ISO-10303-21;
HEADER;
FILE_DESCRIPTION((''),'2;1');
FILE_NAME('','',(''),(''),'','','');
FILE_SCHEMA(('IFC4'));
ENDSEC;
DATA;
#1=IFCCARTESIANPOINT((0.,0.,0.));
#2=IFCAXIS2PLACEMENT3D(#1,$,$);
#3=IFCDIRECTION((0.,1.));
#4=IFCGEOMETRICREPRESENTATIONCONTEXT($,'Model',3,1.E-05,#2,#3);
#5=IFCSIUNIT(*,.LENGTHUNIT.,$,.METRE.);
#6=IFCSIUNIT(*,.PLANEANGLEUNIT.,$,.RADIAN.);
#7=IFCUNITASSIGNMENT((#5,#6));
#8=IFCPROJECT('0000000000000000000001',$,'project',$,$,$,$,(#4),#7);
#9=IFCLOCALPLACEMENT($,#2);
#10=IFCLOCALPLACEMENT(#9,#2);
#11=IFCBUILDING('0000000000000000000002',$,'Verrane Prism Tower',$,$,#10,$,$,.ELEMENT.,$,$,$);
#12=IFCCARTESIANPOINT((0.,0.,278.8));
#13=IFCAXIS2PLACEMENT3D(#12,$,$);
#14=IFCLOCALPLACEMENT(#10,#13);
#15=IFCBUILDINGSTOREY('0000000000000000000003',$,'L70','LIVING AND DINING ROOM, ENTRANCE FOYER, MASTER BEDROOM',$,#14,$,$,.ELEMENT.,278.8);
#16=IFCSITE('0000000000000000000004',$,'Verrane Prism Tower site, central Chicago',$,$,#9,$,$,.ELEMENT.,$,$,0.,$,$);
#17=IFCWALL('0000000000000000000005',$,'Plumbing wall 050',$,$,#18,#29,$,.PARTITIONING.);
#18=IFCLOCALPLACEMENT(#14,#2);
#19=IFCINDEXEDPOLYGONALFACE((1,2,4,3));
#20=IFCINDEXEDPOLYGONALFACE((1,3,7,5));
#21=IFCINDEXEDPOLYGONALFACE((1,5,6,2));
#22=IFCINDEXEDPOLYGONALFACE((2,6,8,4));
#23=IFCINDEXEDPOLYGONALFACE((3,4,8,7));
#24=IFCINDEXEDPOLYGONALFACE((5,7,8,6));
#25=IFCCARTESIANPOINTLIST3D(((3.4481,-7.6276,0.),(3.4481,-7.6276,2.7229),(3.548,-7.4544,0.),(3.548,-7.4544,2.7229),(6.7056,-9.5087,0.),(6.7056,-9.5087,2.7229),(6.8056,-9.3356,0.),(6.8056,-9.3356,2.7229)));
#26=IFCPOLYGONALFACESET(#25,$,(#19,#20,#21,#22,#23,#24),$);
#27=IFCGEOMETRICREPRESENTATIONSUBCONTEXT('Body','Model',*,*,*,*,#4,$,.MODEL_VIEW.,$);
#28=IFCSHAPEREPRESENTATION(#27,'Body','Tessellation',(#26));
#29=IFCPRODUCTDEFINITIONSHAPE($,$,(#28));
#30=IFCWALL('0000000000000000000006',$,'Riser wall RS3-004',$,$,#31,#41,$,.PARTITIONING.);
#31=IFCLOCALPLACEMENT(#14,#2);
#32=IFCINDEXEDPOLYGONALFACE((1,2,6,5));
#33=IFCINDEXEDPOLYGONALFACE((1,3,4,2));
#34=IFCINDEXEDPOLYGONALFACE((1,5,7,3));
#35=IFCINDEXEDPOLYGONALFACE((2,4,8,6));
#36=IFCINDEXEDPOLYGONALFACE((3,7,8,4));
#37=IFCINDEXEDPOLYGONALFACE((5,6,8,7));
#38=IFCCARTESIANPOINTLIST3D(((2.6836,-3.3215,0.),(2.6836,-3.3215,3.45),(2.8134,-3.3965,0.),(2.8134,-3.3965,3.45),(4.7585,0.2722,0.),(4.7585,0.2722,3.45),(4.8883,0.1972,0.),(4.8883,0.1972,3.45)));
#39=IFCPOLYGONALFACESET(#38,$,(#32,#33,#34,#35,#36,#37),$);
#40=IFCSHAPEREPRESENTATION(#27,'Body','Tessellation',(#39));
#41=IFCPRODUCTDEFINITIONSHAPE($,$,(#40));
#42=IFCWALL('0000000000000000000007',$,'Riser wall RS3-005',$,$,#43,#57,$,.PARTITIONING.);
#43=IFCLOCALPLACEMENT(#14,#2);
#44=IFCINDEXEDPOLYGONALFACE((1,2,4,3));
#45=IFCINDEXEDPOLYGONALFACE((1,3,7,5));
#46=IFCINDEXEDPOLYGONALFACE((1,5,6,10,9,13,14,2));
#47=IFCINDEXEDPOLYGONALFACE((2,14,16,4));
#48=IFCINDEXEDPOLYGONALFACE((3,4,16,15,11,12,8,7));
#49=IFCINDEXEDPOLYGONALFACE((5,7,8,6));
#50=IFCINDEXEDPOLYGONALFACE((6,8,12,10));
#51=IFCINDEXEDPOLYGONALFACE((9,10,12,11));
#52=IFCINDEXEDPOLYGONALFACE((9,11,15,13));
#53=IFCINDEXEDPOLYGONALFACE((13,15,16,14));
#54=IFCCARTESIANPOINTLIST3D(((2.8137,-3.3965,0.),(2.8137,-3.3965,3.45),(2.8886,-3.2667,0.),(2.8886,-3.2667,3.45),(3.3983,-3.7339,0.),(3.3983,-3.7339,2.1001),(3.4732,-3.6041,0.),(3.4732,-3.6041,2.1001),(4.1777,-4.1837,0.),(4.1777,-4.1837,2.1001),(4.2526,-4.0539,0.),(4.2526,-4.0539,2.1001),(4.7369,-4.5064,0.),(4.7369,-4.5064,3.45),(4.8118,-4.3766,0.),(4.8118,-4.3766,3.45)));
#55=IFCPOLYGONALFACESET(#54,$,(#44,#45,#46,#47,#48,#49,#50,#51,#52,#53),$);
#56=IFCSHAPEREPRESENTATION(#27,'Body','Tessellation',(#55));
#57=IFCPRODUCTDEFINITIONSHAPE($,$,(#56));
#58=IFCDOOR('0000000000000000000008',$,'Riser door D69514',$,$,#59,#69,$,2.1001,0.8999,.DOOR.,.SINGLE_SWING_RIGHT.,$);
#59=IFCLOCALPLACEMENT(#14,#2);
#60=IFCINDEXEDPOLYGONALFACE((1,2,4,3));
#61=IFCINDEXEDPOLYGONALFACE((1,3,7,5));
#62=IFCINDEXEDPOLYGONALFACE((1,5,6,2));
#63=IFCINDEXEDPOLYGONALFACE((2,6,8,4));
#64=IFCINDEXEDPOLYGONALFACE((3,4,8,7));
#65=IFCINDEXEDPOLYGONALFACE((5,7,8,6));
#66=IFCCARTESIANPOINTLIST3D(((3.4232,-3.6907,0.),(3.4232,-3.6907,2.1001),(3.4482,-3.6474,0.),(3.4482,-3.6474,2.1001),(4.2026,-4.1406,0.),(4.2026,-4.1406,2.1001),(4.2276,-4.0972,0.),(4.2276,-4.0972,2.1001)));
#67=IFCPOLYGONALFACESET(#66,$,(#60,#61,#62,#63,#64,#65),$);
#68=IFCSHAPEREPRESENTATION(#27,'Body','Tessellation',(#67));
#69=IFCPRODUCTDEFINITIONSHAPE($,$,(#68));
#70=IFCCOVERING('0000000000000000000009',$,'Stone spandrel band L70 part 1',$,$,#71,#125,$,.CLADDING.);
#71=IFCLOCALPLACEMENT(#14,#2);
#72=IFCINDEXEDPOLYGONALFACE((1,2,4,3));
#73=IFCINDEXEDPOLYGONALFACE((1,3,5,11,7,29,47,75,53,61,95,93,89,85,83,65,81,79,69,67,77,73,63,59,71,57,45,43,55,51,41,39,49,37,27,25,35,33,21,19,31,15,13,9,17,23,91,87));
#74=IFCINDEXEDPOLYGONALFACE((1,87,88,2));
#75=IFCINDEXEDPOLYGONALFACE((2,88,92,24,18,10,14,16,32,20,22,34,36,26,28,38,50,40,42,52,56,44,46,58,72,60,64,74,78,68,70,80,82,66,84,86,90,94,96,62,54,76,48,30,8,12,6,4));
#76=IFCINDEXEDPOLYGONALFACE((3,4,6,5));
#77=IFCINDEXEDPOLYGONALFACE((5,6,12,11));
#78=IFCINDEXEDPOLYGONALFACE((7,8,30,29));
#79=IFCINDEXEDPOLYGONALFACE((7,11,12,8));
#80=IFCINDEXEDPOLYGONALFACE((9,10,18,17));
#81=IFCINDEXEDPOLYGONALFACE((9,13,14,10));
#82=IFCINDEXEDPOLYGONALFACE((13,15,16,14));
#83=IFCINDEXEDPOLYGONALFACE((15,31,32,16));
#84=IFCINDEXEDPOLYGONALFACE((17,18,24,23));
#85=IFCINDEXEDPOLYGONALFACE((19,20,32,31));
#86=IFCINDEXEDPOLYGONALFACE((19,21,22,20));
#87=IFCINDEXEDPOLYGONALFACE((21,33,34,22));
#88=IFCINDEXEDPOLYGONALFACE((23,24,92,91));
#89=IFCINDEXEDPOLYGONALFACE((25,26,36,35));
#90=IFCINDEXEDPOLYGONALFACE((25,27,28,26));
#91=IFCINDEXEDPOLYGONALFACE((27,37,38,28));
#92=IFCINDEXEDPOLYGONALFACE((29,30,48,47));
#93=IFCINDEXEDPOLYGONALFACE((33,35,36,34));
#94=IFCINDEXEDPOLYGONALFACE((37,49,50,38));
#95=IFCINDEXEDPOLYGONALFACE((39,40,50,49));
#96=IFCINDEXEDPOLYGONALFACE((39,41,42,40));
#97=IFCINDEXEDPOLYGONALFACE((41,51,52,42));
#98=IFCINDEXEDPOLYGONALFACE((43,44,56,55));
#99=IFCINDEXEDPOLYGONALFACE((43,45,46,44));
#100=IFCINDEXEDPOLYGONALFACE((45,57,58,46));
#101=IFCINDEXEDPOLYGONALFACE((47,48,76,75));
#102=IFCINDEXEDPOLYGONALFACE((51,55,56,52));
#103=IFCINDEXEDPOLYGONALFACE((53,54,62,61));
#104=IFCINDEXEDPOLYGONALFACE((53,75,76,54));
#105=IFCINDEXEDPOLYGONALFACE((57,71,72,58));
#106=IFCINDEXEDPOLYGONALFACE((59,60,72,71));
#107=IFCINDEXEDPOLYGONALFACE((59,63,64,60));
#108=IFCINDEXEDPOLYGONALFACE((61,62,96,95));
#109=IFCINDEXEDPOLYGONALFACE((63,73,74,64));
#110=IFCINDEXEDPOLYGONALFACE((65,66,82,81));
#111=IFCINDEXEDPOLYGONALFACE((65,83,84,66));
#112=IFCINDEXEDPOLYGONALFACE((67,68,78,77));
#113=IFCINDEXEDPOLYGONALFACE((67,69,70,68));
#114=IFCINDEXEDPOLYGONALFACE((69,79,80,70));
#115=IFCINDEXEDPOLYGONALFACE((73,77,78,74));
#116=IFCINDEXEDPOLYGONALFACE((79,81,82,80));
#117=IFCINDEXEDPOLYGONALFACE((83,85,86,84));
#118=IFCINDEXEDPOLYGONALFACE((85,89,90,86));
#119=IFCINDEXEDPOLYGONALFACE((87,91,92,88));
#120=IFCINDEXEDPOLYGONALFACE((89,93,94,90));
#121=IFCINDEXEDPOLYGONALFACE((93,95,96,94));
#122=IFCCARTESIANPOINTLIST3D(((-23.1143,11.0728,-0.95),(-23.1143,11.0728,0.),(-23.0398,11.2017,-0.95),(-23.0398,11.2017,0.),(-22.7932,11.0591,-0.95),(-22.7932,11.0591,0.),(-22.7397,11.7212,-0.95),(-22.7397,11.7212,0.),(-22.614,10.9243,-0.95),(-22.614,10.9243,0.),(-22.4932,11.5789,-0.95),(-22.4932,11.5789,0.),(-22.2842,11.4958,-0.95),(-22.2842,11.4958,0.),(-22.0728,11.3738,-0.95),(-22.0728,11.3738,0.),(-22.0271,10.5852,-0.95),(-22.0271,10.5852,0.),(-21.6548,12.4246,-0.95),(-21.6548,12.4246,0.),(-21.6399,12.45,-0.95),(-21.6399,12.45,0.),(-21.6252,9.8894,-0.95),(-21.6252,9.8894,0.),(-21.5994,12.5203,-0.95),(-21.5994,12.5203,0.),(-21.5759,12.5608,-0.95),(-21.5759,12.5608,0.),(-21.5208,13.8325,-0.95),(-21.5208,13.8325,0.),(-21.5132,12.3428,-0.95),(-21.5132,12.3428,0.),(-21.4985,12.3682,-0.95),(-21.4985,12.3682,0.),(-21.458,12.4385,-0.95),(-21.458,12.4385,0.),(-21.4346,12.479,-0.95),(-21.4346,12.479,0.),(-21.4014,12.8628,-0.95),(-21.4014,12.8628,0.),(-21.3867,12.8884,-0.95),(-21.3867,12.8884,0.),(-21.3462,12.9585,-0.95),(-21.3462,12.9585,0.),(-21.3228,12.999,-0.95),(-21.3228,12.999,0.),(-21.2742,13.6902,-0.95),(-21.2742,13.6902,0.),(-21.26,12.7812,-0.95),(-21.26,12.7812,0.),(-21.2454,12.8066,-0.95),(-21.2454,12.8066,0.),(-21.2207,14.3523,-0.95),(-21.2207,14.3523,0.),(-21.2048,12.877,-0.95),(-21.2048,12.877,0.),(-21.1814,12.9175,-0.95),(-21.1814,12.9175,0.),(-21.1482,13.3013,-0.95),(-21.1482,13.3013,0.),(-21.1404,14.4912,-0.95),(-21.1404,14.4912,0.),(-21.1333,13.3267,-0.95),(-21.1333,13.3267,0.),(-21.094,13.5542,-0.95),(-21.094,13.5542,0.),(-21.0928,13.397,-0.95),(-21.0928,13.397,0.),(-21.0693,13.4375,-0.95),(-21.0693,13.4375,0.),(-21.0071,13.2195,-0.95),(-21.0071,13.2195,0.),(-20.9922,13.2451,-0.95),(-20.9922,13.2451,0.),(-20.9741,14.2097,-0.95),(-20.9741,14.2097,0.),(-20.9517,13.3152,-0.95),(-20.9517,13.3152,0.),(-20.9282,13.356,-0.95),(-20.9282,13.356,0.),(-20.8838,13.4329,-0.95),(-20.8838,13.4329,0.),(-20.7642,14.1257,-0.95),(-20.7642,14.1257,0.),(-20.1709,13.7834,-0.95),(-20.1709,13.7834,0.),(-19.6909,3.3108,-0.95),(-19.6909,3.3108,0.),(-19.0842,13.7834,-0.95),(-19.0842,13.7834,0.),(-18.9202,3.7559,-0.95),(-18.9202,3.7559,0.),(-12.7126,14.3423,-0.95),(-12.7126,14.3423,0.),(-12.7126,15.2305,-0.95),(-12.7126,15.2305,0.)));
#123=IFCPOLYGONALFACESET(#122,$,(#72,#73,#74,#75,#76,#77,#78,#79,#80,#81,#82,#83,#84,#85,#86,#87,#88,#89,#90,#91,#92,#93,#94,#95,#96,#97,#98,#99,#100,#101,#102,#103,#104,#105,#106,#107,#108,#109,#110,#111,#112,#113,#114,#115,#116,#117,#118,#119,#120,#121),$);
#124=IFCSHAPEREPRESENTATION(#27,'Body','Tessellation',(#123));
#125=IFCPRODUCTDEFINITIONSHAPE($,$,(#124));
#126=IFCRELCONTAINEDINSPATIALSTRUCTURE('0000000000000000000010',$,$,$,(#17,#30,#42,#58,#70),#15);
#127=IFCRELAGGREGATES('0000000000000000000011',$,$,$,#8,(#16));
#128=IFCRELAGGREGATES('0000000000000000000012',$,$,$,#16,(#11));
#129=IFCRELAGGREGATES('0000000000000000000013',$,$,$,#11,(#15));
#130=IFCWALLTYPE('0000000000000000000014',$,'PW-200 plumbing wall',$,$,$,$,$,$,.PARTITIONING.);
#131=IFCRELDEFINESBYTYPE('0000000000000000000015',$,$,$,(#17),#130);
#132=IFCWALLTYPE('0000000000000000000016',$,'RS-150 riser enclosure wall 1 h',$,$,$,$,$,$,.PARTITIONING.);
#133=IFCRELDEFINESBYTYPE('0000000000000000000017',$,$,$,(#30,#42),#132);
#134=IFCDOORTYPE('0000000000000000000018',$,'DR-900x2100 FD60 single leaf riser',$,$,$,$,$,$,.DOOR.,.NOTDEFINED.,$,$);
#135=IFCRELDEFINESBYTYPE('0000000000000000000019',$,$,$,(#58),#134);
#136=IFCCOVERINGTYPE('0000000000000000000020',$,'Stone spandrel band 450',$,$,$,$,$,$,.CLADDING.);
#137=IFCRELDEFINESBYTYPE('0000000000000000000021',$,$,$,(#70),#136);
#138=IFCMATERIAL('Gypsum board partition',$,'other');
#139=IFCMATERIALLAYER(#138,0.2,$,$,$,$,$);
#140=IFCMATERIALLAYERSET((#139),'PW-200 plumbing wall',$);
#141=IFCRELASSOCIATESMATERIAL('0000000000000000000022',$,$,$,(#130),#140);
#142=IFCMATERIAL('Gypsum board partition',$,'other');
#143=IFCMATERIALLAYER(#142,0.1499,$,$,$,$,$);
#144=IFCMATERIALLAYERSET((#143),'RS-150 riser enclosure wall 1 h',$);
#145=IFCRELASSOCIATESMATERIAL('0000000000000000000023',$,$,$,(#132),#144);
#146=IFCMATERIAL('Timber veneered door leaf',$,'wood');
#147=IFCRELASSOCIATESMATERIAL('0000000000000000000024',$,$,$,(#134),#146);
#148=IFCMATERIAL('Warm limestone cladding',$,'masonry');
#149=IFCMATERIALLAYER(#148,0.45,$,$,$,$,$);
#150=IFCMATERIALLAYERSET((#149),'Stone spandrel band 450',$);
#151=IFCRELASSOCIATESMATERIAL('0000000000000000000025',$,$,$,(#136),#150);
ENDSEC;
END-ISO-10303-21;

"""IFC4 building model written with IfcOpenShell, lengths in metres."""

from ifc_helpers import new_model, si_unit, direction, frame, frame_2d, origin, place, context, subcontext, project, spatial, polyline, rectangle, outline, extrude, material, layer, layer_set, type_object, element, fill, save


model = new_model("IFC4")

# Units and contexts
model_context = context("Model", 3, precision=1e-05, world=origin(), true_north=direction((0.0, 1.0)))
body_context = subcontext(model_context, "Body", "Model", "MODEL_VIEW")
ifc_project = project(units=[si_unit("LENGTHUNIT", "METRE"), si_unit("PLANEANGLEUNIT", "RADIAN")], contexts=[model_context])

# Site, building, storey
site_placement = place(None, origin())
site = spatial("IfcSite", under=ifc_project, at=site_placement, Name="Verrane Prism Tower site, central Chicago", CompositionType="ELEMENT", RefElevation=0.0)
building_placement = place(site_placement, origin())
building = spatial("IfcBuilding", under=site, at=building_placement, Name="Verrane Prism Tower", CompositionType="ELEMENT")
storey_placement = place(building_placement, frame((0.0, 0.0, 278.8)))
storey = spatial("IfcBuildingStorey", under=building, at=storey_placement, Name="L70", Description="LIVING AND DINING ROOM, ENTRANCE FOYER, MASTER BEDROOM", CompositionType="ELEMENT", Elevation=278.8)

# Walls
ifc_material_1 = material(Name="Gypsum board partition", Category="other")
ifc_layer_1 = layer(ifc_material_1, 0.2)
ifc_layer_set_1 = layer_set([ifc_layer_1], Name="PW-200 plumbing wall")
wall_type_1 = type_object("IfcWallType", Name="PW-200 plumbing wall", PredefinedType="PARTITIONING", material=ifc_layer_set_1)
wall_1_placement = place(storey_placement, frame((3.498, -7.541, 0.0), z_axis=(0.0, 0.0, 1.0), x_axis=(0.865986, -0.500069, 0.0)))
element("IfcWall", 1, at=wall_1_placement, inside=storey, type_object=wall_type_1, Name="Plumbing wall 050", PredefinedType="PARTITIONING", context=body_context, shape_type="SweptSolid", body=[
    extrude(rectangle(XDim=3.7617, YDim=0.2, at=frame_2d((1.8809, 0.0))), origin(), (0.0, 0.0, 1.0), 2.7229),
])
ifc_material_2 = material(Name="Gypsum board partition", Category="other")
ifc_layer_2 = layer(ifc_material_2, 0.1499)
ifc_layer_set_2 = layer_set([ifc_layer_2], Name="RS-150 riser enclosure wall 1 h")
wall_type_2 = type_object("IfcWallType", Name="RS-150 riser enclosure wall 1 h", PredefinedType="PARTITIONING", material=ifc_layer_set_2)
wall_2_placement = place(storey_placement, frame((2.7485, -3.3589, 0.0), z_axis=(0.0, 0.0, 1.0), x_axis=(0.500018, 0.866015, 0.0)))
element("IfcWall", 2, at=wall_2_placement, inside=storey, type_object=wall_type_2, Name="Riser wall RS3-004", PredefinedType="PARTITIONING", context=body_context, shape_type="SweptSolid", body=[
    extrude(rectangle(XDim=4.1497, YDim=0.1499, at=frame_2d((2.0747, 0.0))), origin(), (0.0, 0.0, 1.0), 3.45),
])

# Wall, opening, door
wall_3_placement = place(storey_placement, frame((2.8511, -3.3315, 0.0), z_axis=(0.0, 0.0, 1.0), x_axis=(0.866111, -0.499853, 0.0)))
wall_3 = element("IfcWall", 3, at=wall_3_placement, inside=storey, type_object=wall_type_2, Name="Riser wall RS3-005", PredefinedType="PARTITIONING", context=body_context, shape_type="SweptSolid", body=[
    extrude(rectangle(XDim=2.2205, YDim=0.1499, at=frame_2d((1.1104, 0.0))), origin(), (0.0, 0.0, 1.0), 3.45),
])
opening_1_placement = place(wall_3_placement, frame((0.675, 0.0, 0.0)))
opening_1 = element("IfcOpeningElement", 4, at=opening_1_placement, cuts=wall_3, PredefinedType="OPENING", context=body_context, shape_type="SweptSolid", body=[
    extrude(rectangle(XDim=0.8999, YDim=2.1001, at=frame_2d((0.45, 1.05))), frame((0.0, 0.085, 0.0), z_axis=(0.0, -1.0, 0.0), x_axis=(1.0, 0.0, 0.0)), (0.0, 0.0, 1.0), 0.1699),
])
ifc_material_3 = material(Name="Timber veneered door leaf", Category="wood")
door_type_1 = type_object("IfcDoorType", Name="DR-900x2100 FD60 single leaf riser", OperationType="NOTDEFINED", PredefinedType="DOOR", material=ifc_material_3)
door_1_placement = place(opening_1_placement, origin())
door_1 = element("IfcDoor", 5, at=door_1_placement, inside=storey, type_object=door_type_1, Name="Riser door D69514", OperationType="SINGLE_SWING_RIGHT", OverallHeight=2.1001, OverallWidth=0.8999, PredefinedType="DOOR", context=body_context, shape_type="SweptSolid", body=[
    extrude(rectangle(XDim=0.8999, YDim=2.1001, at=frame_2d((0.45, 1.05))), frame((0.0, 0.0249, 0.0), z_axis=(0.0, -1.0, 0.0), x_axis=(1.0, 0.0, 0.0)), (0.0, 0.0, 1.0), 0.05),
])
fill(opening_1, door_1)

# Covering
ifc_material_4 = material(Name="Warm limestone cladding", Category="masonry")
ifc_layer_3 = layer(ifc_material_4, 0.45)
ifc_layer_set_3 = layer_set([ifc_layer_3], Name="Stone spandrel band 450")
covering_type = type_object("IfcCoveringType", Name="Stone spandrel band 450", PredefinedType="CLADDING", material=ifc_layer_set_3)
covering_1_placement = place(storey_placement, frame((0.0, 0.0, -0.95)))
element("IfcCovering", 6, at=covering_1_placement, inside=storey, type_object=covering_type, Name="Stone spandrel band L70 part 1", PredefinedType="CLADDING", context=body_context, shape_type="SweptSolid", body=[
    extrude(outline(polyline([(-19.6909, 3.3108), (-18.9202, 3.7559), (-21.6252, 9.8894), (-22.0271, 10.5852), (-22.614, 10.9243), (-22.2842, 11.4958), (-22.0728, 11.3738), (-21.5132, 12.3428), (-21.6548, 12.4246), (-21.6399, 12.45), (-21.4985, 12.3682), (-21.458, 12.4385), (-21.5994, 12.5203), (-21.5759, 12.5608), (-21.4346, 12.479), (-21.26, 12.7812), (-21.4014, 12.8628), (-21.3867, 12.8884), (-21.2454, 12.8066), (-21.2048, 12.877), (-21.3462, 12.9585), (-21.3228, 12.999), (-21.1814, 12.9175), (-21.0071, 13.2195), (-21.1482, 13.3013), (-21.1333, 13.3267), (-20.9922, 13.2451), (-20.9517, 13.3152), (-21.0928, 13.397), (-21.0693, 13.4375), (-20.9282, 13.356), (-20.8838, 13.4329), (-21.094, 13.5542), (-20.7642, 14.1257), (-20.1709, 13.7834), (-19.0842, 13.7834), (-12.7126, 14.3423), (-12.7126, 15.2305), (-21.1404, 14.4912), (-21.2207, 14.3523), (-20.9741, 14.2097), (-21.2742, 13.6902), (-21.5208, 13.8325), (-22.7397, 11.7212), (-22.4932, 11.5789), (-22.7932, 11.0591), (-23.0398, 11.2017), (-23.1143, 11.0728), (-19.6909, 3.3108)])), origin(), (0.0, 0.0, 1.0), 0.95),
])

save(model, "model.ifc")
